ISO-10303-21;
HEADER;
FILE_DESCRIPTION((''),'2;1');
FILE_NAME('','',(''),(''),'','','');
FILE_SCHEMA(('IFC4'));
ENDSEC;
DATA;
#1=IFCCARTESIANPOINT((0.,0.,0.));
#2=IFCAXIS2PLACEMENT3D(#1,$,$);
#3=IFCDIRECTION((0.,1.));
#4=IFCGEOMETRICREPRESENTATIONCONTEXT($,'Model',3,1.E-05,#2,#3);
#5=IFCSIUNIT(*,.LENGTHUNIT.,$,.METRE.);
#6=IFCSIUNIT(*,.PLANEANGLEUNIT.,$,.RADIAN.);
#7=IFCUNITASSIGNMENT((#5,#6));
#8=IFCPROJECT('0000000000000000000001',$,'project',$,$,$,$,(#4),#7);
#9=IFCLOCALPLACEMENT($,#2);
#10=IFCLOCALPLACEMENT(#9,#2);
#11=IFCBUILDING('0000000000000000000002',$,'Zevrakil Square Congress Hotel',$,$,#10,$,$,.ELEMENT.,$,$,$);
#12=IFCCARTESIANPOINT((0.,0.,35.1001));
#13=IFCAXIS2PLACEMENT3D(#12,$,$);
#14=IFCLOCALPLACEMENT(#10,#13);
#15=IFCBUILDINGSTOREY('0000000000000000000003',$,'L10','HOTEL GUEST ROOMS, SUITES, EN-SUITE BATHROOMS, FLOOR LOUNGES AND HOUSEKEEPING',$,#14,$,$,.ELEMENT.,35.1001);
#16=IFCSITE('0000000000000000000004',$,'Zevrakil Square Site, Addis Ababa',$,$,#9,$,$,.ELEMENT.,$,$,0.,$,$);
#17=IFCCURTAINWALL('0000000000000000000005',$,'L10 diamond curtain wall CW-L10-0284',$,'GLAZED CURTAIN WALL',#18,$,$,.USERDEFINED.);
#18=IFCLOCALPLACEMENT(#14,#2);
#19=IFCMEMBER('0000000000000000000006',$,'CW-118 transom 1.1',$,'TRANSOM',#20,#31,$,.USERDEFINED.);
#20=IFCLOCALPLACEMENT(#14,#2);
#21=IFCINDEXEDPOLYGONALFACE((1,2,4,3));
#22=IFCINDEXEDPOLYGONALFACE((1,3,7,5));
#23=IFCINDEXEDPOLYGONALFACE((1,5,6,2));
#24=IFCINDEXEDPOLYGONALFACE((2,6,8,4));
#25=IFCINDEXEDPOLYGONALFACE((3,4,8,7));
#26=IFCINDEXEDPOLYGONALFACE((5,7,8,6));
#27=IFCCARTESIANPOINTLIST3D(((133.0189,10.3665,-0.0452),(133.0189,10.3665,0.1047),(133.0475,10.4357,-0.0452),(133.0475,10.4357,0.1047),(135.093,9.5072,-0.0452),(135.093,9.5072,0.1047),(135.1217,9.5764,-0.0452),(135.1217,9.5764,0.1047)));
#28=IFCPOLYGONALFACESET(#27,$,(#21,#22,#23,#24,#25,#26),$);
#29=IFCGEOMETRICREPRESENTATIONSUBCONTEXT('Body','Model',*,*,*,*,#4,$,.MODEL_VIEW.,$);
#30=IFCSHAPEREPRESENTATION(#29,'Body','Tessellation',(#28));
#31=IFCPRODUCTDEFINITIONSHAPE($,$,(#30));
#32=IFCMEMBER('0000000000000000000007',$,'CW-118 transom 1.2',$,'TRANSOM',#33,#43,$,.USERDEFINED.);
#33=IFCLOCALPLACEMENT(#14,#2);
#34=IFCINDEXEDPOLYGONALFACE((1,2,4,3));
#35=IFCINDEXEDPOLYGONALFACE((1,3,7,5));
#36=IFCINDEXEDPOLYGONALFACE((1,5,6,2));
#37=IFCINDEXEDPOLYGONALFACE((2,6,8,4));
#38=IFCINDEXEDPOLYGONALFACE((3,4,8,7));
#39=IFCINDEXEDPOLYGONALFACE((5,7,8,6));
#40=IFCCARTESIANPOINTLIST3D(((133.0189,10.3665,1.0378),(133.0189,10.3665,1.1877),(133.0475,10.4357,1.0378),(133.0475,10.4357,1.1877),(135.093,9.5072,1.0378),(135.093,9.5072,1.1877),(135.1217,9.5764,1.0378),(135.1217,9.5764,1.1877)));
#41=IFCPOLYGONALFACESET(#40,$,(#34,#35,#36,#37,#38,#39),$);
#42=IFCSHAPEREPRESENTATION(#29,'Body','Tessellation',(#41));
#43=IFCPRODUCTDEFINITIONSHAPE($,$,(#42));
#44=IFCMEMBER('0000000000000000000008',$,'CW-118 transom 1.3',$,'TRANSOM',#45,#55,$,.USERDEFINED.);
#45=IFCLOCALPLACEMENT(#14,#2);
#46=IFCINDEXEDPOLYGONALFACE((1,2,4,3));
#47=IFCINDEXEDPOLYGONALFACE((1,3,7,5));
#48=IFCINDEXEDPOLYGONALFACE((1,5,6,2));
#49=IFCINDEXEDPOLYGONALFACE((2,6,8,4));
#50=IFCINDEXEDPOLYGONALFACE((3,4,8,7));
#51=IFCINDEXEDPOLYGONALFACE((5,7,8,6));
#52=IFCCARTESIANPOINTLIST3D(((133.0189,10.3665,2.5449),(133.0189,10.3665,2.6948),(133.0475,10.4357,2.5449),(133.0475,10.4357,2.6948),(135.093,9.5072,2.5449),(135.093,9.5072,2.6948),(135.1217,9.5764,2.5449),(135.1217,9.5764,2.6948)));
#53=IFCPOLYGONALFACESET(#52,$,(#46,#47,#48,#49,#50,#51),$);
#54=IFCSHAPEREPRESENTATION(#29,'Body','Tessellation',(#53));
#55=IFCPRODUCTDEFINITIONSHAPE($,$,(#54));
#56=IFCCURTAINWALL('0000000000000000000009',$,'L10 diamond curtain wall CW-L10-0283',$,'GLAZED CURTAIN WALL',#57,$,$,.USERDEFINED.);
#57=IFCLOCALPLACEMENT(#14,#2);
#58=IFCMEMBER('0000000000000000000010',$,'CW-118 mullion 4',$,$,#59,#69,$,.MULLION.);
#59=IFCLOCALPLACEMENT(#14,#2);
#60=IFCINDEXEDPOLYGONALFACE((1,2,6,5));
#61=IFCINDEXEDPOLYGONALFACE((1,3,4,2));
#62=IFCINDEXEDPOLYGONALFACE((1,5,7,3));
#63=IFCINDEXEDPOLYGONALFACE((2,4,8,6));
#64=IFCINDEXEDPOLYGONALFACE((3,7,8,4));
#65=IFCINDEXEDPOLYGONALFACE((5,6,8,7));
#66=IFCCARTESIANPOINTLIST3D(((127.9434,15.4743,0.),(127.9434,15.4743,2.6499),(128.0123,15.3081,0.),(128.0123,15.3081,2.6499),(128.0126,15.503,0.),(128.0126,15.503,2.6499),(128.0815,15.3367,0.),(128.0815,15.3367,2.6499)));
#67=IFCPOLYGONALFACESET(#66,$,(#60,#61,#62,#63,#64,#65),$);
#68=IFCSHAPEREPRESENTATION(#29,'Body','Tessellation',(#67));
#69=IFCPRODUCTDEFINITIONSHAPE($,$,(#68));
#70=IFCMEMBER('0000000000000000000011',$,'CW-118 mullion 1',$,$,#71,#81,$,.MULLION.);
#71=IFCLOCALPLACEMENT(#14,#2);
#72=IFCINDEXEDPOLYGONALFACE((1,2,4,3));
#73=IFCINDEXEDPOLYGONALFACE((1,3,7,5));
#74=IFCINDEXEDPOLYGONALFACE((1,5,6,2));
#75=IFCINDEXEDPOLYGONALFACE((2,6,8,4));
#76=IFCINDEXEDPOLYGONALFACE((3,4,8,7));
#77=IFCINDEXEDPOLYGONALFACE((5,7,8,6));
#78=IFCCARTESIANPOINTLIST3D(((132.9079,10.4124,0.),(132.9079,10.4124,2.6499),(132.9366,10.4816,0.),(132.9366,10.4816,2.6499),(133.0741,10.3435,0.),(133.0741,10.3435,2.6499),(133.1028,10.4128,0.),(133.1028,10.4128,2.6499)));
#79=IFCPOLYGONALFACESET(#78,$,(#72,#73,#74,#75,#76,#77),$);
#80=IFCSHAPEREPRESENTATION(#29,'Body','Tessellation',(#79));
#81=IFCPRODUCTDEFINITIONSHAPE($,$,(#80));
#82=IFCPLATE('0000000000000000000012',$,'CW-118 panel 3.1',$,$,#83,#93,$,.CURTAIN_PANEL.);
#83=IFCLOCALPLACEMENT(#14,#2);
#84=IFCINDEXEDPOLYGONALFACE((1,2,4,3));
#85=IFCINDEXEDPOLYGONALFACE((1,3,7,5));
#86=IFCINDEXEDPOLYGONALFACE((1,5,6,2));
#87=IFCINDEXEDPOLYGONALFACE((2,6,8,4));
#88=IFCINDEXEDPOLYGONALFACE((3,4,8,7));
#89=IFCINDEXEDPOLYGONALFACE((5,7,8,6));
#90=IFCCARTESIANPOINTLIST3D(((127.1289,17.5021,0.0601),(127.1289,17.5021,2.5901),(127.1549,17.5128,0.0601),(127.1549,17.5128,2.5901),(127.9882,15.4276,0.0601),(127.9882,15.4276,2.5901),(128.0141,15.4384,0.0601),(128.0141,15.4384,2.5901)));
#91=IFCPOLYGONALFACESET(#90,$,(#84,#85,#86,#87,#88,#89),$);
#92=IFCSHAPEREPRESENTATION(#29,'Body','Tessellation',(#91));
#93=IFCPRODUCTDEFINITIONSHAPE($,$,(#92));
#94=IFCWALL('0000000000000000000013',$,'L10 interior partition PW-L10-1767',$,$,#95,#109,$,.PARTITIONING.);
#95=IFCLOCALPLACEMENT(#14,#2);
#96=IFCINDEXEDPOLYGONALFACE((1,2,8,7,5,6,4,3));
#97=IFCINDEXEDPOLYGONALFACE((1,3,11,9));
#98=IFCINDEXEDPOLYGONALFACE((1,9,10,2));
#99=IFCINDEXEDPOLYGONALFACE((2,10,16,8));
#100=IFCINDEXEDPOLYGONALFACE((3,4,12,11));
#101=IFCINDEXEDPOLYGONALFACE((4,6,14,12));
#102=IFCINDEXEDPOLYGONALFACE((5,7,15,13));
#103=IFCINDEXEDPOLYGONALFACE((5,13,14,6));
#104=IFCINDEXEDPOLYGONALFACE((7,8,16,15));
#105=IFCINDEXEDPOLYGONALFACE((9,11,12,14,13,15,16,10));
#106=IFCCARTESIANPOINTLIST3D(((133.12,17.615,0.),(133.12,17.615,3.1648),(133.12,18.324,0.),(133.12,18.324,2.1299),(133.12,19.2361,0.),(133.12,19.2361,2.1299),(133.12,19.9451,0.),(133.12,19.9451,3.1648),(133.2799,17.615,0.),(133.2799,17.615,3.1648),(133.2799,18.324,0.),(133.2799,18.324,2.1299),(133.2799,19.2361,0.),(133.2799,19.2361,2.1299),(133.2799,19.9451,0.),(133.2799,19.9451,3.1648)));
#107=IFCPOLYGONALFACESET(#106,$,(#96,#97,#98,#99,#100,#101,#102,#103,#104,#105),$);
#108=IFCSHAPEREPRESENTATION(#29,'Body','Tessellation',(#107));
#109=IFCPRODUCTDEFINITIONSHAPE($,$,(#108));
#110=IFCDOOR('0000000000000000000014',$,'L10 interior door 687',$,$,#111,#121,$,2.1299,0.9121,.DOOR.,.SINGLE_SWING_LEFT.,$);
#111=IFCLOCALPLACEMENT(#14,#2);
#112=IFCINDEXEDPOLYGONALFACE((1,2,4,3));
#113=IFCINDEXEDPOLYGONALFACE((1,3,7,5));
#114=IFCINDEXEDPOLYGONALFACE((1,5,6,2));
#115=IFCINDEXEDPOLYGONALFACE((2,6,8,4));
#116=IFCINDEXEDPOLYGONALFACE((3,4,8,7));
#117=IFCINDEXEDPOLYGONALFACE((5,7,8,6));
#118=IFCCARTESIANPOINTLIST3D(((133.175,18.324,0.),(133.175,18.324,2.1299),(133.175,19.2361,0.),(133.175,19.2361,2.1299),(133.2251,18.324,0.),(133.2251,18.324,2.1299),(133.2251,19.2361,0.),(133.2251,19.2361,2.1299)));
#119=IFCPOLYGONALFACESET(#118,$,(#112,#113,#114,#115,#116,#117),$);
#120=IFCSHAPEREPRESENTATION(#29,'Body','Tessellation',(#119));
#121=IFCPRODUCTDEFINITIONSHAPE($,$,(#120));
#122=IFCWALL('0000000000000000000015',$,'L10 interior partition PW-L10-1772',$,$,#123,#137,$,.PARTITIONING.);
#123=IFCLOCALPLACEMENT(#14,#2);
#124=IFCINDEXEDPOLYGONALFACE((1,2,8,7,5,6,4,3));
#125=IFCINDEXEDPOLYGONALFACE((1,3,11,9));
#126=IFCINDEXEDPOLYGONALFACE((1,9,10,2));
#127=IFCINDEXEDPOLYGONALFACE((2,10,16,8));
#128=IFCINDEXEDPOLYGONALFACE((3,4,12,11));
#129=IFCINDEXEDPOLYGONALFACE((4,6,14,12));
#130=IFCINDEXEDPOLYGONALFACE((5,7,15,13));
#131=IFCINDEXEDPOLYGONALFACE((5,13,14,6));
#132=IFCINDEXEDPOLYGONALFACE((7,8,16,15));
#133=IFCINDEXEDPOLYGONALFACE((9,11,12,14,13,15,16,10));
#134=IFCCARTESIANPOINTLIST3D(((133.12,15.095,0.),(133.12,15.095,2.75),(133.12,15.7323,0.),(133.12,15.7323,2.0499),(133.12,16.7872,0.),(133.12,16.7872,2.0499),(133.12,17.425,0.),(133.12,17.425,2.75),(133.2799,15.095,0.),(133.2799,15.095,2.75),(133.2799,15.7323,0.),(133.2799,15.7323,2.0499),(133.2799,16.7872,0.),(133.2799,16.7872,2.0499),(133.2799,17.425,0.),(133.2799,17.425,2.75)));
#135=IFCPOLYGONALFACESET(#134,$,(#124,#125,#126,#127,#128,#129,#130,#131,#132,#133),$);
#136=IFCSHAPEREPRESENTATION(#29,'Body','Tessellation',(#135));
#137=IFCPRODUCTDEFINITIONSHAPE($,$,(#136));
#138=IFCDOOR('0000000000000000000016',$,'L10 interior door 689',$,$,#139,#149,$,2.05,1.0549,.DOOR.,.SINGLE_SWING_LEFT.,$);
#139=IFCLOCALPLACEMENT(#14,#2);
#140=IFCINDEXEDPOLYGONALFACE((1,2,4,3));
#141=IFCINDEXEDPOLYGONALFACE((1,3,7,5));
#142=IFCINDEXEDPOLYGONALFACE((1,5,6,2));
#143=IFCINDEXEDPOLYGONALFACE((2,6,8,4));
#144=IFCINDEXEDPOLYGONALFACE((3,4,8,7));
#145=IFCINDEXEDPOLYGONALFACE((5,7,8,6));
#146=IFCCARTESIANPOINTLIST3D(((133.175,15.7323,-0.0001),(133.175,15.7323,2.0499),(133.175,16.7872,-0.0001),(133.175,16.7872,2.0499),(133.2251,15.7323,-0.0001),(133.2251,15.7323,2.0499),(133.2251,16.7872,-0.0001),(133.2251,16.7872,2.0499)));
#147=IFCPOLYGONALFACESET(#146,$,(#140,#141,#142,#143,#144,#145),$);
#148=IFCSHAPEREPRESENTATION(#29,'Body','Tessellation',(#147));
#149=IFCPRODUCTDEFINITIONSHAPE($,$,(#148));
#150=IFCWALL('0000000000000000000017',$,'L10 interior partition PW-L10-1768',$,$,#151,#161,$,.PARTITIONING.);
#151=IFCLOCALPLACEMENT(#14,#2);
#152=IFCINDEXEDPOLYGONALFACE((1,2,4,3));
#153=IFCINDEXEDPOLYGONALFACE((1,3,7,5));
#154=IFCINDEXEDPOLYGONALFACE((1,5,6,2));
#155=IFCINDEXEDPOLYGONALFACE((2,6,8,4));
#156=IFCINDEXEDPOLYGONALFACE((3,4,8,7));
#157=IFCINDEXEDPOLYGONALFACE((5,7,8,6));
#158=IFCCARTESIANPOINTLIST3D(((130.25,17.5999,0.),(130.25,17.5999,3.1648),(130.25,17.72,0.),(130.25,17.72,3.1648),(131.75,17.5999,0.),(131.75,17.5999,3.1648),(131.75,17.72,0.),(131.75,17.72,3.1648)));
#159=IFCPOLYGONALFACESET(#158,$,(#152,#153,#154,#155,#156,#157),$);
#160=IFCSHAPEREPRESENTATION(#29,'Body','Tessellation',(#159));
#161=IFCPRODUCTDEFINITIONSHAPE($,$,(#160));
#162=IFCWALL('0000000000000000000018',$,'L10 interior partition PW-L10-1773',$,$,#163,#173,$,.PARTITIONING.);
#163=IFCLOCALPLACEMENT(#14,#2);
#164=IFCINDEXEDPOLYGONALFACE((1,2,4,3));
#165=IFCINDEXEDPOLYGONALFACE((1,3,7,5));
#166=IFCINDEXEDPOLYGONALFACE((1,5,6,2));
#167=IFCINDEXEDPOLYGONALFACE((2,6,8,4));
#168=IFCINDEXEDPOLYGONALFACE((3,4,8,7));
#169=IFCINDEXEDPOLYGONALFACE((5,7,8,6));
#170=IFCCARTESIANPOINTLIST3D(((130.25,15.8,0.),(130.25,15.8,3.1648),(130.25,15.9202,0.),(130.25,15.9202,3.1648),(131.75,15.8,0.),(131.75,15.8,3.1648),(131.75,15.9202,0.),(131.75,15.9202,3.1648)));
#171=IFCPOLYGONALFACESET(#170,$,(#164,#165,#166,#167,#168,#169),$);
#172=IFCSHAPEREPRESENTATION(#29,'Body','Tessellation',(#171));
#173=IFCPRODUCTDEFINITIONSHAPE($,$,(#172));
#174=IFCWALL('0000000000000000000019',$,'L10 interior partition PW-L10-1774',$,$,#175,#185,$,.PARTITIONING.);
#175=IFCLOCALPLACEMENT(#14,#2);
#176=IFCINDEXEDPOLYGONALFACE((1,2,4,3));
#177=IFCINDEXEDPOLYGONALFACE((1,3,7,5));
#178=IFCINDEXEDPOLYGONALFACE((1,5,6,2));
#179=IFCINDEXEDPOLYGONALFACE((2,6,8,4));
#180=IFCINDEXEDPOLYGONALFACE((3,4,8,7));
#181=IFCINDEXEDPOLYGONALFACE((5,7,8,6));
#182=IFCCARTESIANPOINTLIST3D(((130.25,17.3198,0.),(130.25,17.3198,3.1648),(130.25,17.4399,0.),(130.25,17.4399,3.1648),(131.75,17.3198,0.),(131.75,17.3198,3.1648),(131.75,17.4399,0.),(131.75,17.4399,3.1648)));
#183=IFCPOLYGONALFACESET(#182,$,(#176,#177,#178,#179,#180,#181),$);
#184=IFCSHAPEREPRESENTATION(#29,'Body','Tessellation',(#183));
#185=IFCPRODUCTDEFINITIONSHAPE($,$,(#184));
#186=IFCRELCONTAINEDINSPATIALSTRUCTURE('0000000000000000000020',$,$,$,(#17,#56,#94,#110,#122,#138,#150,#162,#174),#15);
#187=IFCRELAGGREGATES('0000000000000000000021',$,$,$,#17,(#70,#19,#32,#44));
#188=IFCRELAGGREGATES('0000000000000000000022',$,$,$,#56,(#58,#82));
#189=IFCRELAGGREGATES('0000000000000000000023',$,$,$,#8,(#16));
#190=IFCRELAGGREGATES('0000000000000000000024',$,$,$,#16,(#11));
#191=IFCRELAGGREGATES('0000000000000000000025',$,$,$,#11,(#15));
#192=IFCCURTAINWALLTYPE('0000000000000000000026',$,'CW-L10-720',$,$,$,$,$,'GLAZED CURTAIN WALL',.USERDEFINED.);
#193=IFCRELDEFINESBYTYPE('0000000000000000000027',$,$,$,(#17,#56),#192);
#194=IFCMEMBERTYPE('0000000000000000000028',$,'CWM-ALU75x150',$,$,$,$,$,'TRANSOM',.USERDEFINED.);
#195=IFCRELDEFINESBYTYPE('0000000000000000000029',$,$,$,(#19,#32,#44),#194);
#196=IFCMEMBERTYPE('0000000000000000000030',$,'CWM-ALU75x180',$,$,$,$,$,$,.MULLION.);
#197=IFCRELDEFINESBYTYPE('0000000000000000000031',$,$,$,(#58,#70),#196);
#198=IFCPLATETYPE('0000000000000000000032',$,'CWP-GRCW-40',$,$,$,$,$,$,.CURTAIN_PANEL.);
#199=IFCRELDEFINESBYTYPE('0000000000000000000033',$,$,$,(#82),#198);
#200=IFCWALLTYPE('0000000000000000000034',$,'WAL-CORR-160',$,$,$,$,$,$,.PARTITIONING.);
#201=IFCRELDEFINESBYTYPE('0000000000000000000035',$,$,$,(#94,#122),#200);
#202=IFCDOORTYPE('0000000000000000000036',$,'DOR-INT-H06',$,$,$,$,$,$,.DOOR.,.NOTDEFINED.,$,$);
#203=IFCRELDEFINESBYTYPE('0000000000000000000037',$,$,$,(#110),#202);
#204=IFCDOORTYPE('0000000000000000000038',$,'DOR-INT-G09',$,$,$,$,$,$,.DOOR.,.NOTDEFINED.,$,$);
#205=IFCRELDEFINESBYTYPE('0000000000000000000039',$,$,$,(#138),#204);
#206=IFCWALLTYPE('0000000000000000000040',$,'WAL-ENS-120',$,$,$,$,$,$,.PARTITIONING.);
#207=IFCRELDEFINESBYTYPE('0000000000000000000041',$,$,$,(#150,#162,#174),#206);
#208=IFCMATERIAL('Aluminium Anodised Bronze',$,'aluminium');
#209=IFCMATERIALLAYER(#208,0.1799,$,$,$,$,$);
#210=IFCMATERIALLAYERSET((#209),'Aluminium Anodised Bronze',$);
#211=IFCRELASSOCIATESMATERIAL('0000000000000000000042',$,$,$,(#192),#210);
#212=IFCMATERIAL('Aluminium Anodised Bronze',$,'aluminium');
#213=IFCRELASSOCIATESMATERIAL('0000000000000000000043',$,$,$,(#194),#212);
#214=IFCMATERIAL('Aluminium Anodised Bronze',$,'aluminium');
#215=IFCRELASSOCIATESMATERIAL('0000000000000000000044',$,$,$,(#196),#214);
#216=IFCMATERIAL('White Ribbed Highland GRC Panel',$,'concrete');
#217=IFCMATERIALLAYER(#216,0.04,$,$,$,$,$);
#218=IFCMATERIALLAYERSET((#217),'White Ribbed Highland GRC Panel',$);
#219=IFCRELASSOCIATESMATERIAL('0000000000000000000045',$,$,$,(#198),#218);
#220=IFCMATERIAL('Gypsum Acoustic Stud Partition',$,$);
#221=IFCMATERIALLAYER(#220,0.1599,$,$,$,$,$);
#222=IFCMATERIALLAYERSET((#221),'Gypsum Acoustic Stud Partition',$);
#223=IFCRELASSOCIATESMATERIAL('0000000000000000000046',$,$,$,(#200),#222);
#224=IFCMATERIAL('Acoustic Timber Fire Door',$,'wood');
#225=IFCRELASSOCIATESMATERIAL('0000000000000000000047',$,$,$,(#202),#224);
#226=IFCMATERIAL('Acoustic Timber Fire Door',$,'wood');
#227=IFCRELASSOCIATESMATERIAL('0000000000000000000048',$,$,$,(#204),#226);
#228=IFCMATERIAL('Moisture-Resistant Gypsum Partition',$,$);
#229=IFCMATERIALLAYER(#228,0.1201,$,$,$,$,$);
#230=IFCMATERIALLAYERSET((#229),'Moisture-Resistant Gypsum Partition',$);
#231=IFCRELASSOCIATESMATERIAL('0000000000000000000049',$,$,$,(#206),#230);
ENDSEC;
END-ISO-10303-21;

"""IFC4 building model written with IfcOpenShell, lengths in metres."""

from ifc_helpers import new_model, si_unit, direction, frame, frame_2d, origin, origin_2d, place, context, subcontext, project, spatial, rectangle, extrude, material, layer, layer_set, material_profile, profile_set, type_object, element, fill, aggregate, save


model = new_model("IFC4")

# Units and contexts
model_context = context("Model", 3, precision=1e-05, world=origin(), true_north=direction((0.0, 1.0)))
body_context = subcontext(model_context, "Body", "Model", "MODEL_VIEW")
ifc_project = project(units=[si_unit("LENGTHUNIT", "METRE"), si_unit("PLANEANGLEUNIT", "RADIAN")], contexts=[model_context])

# Site, building, storey
site_placement = place(None, origin())
site = spatial("IfcSite", under=ifc_project, at=site_placement, Name="Zevrakil Square Site, Addis Ababa", CompositionType="ELEMENT", RefElevation=0.0)
building_placement = place(site_placement, origin())
building = spatial("IfcBuilding", under=site, at=building_placement, Name="Zevrakil Square Congress Hotel", CompositionType="ELEMENT")
storey_placement = place(building_placement, frame((0.0, 0.0, 35.1001)))
storey = spatial("IfcBuildingStorey", under=building, at=storey_placement, Name="L10", Description="HOTEL GUEST ROOMS, SUITES, EN-SUITE BATHROOMS, FLOOR LOUNGES AND HOUSEKEEPING", CompositionType="ELEMENT", Elevation=35.1001)

# Curtain wall, members
ifc_material_1 = material(Name="Aluminium Anodised Bronze", Category="aluminium")
ifc_layer_1 = layer(ifc_material_1, 0.1799)
ifc_layer_set_1 = layer_set([ifc_layer_1], Name="Aluminium Anodised Bronze")
curtain_wall_type = type_object("IfcCurtainWallType", Name="CW-L10-720", ElementType="GLAZED CURTAIN WALL", PredefinedType="USERDEFINED", material=ifc_layer_set_1)
curtain_wall_1_placement = place(storey_placement, origin())
curtain_wall_1 = element("IfcCurtainWall", 1, at=curtain_wall_1_placement, inside=storey, type_object=curtain_wall_type, Name="L10 diamond curtain wall CW-L10-0284", ObjectType="GLAZED CURTAIN WALL", PredefinedType="USERDEFINED")
ifc_material_2 = material(Name="Aluminium Anodised Bronze", Category="aluminium")
ifc_material_profile_1 = material_profile(ifc_material_2, rectangle(XDim=0.075, YDim=0.1499, at=origin_2d()), Name="ALU 75x150")
ifc_profile_set_1 = profile_set([ifc_material_profile_1], Name="Aluminium Anodised Bronze")
member_type_1 = type_object("IfcMemberType", Name="CWM-ALU75x150", ElementType="TRANSOM", PredefinedType="USERDEFINED", material=ifc_profile_set_1)
member_1_placement = place(storey_placement, frame((133.0332, 10.4011, 0.0298), z_axis=(0.923847, -0.382762, 0.0), x_axis=(0.382762, 0.923847, 0.0)))
member_1 = element("IfcMember", 2, at=member_1_placement, type_object=member_type_1, Name="CW-118 transom 1.1", ObjectType="TRANSOM", PredefinedType="USERDEFINED", context=body_context, shape_type="SweptSolid", body=[
    extrude(rectangle(XDim=0.075, YDim=0.1499, at=origin_2d()), origin(), (0.0, 0.0, 1.0), 2.2451),
])
member_2_placement = place(storey_placement, frame((133.0332, 10.4011, 1.1128), z_axis=(0.923847, -0.382762, 0.0), x_axis=(0.382762, 0.923847, 0.0)))
member_2 = element("IfcMember", 3, at=member_2_placement, type_object=member_type_1, Name="CW-118 transom 1.2", ObjectType="TRANSOM", PredefinedType="USERDEFINED", context=body_context, shape_type="SweptSolid", body=[
    extrude(rectangle(XDim=0.075, YDim=0.1499, at=origin_2d()), origin(), (0.0, 0.0, 1.0), 2.2451),
])
member_3_placement = place(storey_placement, frame((133.0332, 10.4011, 2.6199), z_axis=(0.923847, -0.382762, 0.0), x_axis=(0.382762, 0.923847, 0.0)))
member_3 = element("IfcMember", 4, at=member_3_placement, type_object=member_type_1, Name="CW-118 transom 1.3", ObjectType="TRANSOM", PredefinedType="USERDEFINED", context=body_context, shape_type="SweptSolid", body=[
    extrude(rectangle(XDim=0.075, YDim=0.1499, at=origin_2d()), origin(), (0.0, 0.0, 1.0), 2.2451),
])

# Curtain wall, member
curtain_wall_2_placement = place(storey_placement, origin())
curtain_wall_2 = element("IfcCurtainWall", 5, at=curtain_wall_2_placement, inside=storey, type_object=curtain_wall_type, Name="L10 diamond curtain wall CW-L10-0283", ObjectType="GLAZED CURTAIN WALL", PredefinedType="USERDEFINED")
ifc_material_3 = material(Name="Aluminium Anodised Bronze", Category="aluminium")
ifc_material_profile_2 = material_profile(ifc_material_3, rectangle(XDim=0.075, YDim=0.1799, at=origin_2d()), Name="ALU 75x180")
ifc_profile_set_2 = profile_set([ifc_material_profile_2], Name="Aluminium Anodised Bronze")
member_type_2 = type_object("IfcMemberType", Name="CWM-ALU75x180", PredefinedType="MULLION", material=ifc_profile_set_2)
member_4_placement = place(storey_placement, frame((128.0125, 15.4055, 0.0), z_axis=(0.0, 0.0, 1.0), x_axis=(0.923879, 0.382684, 0.0)))
member_4 = element("IfcMember", 6, at=member_4_placement, type_object=member_type_2, Name="CW-118 mullion 4", PredefinedType="MULLION", context=body_context, shape_type="SweptSolid", body=[
    extrude(rectangle(XDim=0.075, YDim=0.1799, at=origin_2d()), origin(), (0.0, 0.0, 1.0), 2.6499),
])

# Member
member_5_placement = place(storey_placement, frame((133.0054, 10.4126, 0.0), z_axis=(0.0, 0.0, 1.0), x_axis=(0.382684, 0.923879, 0.0)))
member_5 = element("IfcMember", 7, at=member_5_placement, type_object=member_type_2, Name="CW-118 mullion 1", PredefinedType="MULLION", context=body_context, shape_type="SweptSolid", body=[
    extrude(rectangle(XDim=0.075, YDim=0.1799, at=origin_2d()), origin(), (0.0, 0.0, 1.0), 2.6499),
])
aggregate(curtain_wall_1, [member_5, member_1, member_2, member_3])

# Plate
ifc_material_4 = material(Name="White Ribbed Highland GRC Panel", Category="concrete")
ifc_layer_2 = layer(ifc_material_4, 0.04)
ifc_layer_set_2 = layer_set([ifc_layer_2], Name="White Ribbed Highland GRC Panel")
plate_type = type_object("IfcPlateType", Name="CWP-GRCW-40", PredefinedType="CURTAIN_PANEL", material=ifc_layer_set_2)
plate_placement = place(storey_placement, frame((127.5715, 16.4702, 0.0601), z_axis=(0.0, 0.0, 1.0), x_axis=(0.382684, -0.923879, 0.0)))
plate = element("IfcPlate", 8, at=plate_placement, type_object=plate_type, Name="CW-118 panel 3.1", PredefinedType="CURTAIN_PANEL", context=body_context, shape_type="SweptSolid", body=[
    extrude(rectangle(XDim=2.2454, YDim=0.0281, at=origin_2d()), origin(), (0.0, 0.0, 1.0), 2.53),
])
aggregate(curtain_wall_2, [member_4, plate])

# Walls, openings, doors
ifc_material_5 = material(Name="Gypsum Acoustic Stud Partition")
ifc_layer_3 = layer(ifc_material_5, 0.1599)
ifc_layer_set_3 = layer_set([ifc_layer_3], Name="Gypsum Acoustic Stud Partition")
wall_type_1 = type_object("IfcWallType", Name="WAL-CORR-160", PredefinedType="PARTITIONING", material=ifc_layer_set_3)
wall_1_placement = place(storey_placement, frame((133.2, 17.615, 0.0), z_axis=(0.0, 0.0, 1.0), x_axis=(0.0, 1.0, 0.0)))
wall_1 = element("IfcWall", 9, at=wall_1_placement, inside=storey, type_object=wall_type_1, Name="L10 interior partition PW-L10-1767", PredefinedType="PARTITIONING", context=body_context, shape_type="SweptSolid", body=[
    extrude(rectangle(XDim=2.3301, YDim=0.1599, at=frame_2d((1.165, 0.0))), origin(), (0.0, 0.0, 1.0), 3.1648),
])
opening_1_placement = place(wall_1_placement, frame((0.709, 0.0, 0.0)))
opening_1 = element("IfcOpeningElement", 10, at=opening_1_placement, cuts=wall_1, PredefinedType="OPENING", context=body_context, shape_type="SweptSolid", body=[
    extrude(rectangle(XDim=0.9121, YDim=2.1299, at=frame_2d((0.4561, 1.0649))), frame((0.0, 0.0898, 0.0), z_axis=(0.0, -1.0, 0.0), x_axis=(1.0, 0.0, 0.0)), (0.0, 0.0, 1.0), 0.1799),
])
ifc_material_6 = material(Name="Acoustic Timber Fire Door", Category="wood")
door_type_1 = type_object("IfcDoorType", Name="DOR-INT-H06", OperationType="NOTDEFINED", PredefinedType="DOOR", material=ifc_material_6)
door_1_placement = place(opening_1_placement, origin())
door_1 = element("IfcDoor", 11, at=door_1_placement, inside=storey, type_object=door_type_1, Name="L10 interior door 687", OperationType="SINGLE_SWING_LEFT", OverallHeight=2.1299, OverallWidth=0.9121, PredefinedType="DOOR", context=body_context, shape_type="SweptSolid", body=[
    extrude(rectangle(XDim=0.9121, YDim=2.1299, at=frame_2d((0.4561, 1.0649))), frame((0.0, 0.0249, 0.0), z_axis=(0.0, -1.0, 0.0), x_axis=(1.0, 0.0, 0.0)), (0.0, 0.0, 1.0), 0.05),
])
fill(opening_1, door_1)
wall_2_placement = place(storey_placement, frame((133.2, 15.095, 0.0), z_axis=(0.0, 0.0, 1.0), x_axis=(0.0, 1.0, 0.0)))
wall_2 = element("IfcWall", 12, at=wall_2_placement, inside=storey, type_object=wall_type_1, Name="L10 interior partition PW-L10-1772", PredefinedType="PARTITIONING", context=body_context, shape_type="SweptSolid", body=[
    extrude(rectangle(XDim=2.3301, YDim=0.1599, at=frame_2d((1.165, 0.0))), origin(), (0.0, 0.0, 1.0), 2.75),
])
opening_2_placement = place(wall_2_placement, frame((0.6375, 0.0, 0.0)))
opening_2 = element("IfcOpeningElement", 13, at=opening_2_placement, cuts=wall_2, PredefinedType="OPENING", context=body_context, shape_type="SweptSolid", body=[
    extrude(rectangle(XDim=1.0549, YDim=2.05, at=frame_2d((0.5273, 1.0249))), frame((0.0, 0.0898, 0.0), z_axis=(0.0, -1.0, 0.0), x_axis=(1.0, 0.0, 0.0)), (0.0, 0.0, 1.0), 0.1799),
])
ifc_material_7 = material(Name="Acoustic Timber Fire Door", Category="wood")
door_type_2 = type_object("IfcDoorType", Name="DOR-INT-G09", OperationType="NOTDEFINED", PredefinedType="DOOR", material=ifc_material_7)
door_2_placement = place(opening_2_placement, origin())
door_2 = element("IfcDoor", 14, at=door_2_placement, inside=storey, type_object=door_type_2, Name="L10 interior door 689", OperationType="SINGLE_SWING_LEFT", OverallHeight=2.05, OverallWidth=1.0549, PredefinedType="DOOR", context=body_context, shape_type="SweptSolid", body=[
    extrude(rectangle(XDim=1.0549, YDim=2.05, at=frame_2d((0.5273, 1.0249))), frame((0.0, 0.0249, 0.0), z_axis=(0.0, -1.0, 0.0), x_axis=(1.0, 0.0, 0.0)), (0.0, 0.0, 1.0), 0.05),
])
fill(opening_2, door_2)

# Walls
ifc_material_8 = material(Name="Moisture-Resistant Gypsum Partition")
ifc_layer_4 = layer(ifc_material_8, 0.1201)
ifc_layer_set_4 = layer_set([ifc_layer_4], Name="Moisture-Resistant Gypsum Partition")
wall_type_2 = type_object("IfcWallType", Name="WAL-ENS-120", PredefinedType="PARTITIONING", material=ifc_layer_set_4)
for number, where, z_axis, x_axis, name in (
    (15, (130.25, 17.6599, 0.0), (0.0, 0.0, 1.0), (1.0, 0.0, 0.0), "L10 interior partition PW-L10-1768"),
    (16, (130.25, 15.8601, 0.0), (0.0, 0.0, 1.0), (1.0, 0.0, 0.0), "L10 interior partition PW-L10-1773"),
    (17, (130.25, 17.3799, 0.0), (0.0, 0.0, 1.0), (1.0, 0.0, 0.0), "L10 interior partition PW-L10-1774"),
):
    element("IfcWall", number, at=place(storey_placement, frame(where, z_axis=z_axis, x_axis=x_axis)), inside=storey, type_object=wall_type_2, Name=name, PredefinedType="PARTITIONING", context=body_context, shape_type="SweptSolid", body=[
        extrude(rectangle(XDim=1.5, YDim=0.1201, at=frame_2d((0.75, 0.0))), origin(), (0.0, 0.0, 1.0), 3.1648),
    ])

save(model, "model.ifc")
